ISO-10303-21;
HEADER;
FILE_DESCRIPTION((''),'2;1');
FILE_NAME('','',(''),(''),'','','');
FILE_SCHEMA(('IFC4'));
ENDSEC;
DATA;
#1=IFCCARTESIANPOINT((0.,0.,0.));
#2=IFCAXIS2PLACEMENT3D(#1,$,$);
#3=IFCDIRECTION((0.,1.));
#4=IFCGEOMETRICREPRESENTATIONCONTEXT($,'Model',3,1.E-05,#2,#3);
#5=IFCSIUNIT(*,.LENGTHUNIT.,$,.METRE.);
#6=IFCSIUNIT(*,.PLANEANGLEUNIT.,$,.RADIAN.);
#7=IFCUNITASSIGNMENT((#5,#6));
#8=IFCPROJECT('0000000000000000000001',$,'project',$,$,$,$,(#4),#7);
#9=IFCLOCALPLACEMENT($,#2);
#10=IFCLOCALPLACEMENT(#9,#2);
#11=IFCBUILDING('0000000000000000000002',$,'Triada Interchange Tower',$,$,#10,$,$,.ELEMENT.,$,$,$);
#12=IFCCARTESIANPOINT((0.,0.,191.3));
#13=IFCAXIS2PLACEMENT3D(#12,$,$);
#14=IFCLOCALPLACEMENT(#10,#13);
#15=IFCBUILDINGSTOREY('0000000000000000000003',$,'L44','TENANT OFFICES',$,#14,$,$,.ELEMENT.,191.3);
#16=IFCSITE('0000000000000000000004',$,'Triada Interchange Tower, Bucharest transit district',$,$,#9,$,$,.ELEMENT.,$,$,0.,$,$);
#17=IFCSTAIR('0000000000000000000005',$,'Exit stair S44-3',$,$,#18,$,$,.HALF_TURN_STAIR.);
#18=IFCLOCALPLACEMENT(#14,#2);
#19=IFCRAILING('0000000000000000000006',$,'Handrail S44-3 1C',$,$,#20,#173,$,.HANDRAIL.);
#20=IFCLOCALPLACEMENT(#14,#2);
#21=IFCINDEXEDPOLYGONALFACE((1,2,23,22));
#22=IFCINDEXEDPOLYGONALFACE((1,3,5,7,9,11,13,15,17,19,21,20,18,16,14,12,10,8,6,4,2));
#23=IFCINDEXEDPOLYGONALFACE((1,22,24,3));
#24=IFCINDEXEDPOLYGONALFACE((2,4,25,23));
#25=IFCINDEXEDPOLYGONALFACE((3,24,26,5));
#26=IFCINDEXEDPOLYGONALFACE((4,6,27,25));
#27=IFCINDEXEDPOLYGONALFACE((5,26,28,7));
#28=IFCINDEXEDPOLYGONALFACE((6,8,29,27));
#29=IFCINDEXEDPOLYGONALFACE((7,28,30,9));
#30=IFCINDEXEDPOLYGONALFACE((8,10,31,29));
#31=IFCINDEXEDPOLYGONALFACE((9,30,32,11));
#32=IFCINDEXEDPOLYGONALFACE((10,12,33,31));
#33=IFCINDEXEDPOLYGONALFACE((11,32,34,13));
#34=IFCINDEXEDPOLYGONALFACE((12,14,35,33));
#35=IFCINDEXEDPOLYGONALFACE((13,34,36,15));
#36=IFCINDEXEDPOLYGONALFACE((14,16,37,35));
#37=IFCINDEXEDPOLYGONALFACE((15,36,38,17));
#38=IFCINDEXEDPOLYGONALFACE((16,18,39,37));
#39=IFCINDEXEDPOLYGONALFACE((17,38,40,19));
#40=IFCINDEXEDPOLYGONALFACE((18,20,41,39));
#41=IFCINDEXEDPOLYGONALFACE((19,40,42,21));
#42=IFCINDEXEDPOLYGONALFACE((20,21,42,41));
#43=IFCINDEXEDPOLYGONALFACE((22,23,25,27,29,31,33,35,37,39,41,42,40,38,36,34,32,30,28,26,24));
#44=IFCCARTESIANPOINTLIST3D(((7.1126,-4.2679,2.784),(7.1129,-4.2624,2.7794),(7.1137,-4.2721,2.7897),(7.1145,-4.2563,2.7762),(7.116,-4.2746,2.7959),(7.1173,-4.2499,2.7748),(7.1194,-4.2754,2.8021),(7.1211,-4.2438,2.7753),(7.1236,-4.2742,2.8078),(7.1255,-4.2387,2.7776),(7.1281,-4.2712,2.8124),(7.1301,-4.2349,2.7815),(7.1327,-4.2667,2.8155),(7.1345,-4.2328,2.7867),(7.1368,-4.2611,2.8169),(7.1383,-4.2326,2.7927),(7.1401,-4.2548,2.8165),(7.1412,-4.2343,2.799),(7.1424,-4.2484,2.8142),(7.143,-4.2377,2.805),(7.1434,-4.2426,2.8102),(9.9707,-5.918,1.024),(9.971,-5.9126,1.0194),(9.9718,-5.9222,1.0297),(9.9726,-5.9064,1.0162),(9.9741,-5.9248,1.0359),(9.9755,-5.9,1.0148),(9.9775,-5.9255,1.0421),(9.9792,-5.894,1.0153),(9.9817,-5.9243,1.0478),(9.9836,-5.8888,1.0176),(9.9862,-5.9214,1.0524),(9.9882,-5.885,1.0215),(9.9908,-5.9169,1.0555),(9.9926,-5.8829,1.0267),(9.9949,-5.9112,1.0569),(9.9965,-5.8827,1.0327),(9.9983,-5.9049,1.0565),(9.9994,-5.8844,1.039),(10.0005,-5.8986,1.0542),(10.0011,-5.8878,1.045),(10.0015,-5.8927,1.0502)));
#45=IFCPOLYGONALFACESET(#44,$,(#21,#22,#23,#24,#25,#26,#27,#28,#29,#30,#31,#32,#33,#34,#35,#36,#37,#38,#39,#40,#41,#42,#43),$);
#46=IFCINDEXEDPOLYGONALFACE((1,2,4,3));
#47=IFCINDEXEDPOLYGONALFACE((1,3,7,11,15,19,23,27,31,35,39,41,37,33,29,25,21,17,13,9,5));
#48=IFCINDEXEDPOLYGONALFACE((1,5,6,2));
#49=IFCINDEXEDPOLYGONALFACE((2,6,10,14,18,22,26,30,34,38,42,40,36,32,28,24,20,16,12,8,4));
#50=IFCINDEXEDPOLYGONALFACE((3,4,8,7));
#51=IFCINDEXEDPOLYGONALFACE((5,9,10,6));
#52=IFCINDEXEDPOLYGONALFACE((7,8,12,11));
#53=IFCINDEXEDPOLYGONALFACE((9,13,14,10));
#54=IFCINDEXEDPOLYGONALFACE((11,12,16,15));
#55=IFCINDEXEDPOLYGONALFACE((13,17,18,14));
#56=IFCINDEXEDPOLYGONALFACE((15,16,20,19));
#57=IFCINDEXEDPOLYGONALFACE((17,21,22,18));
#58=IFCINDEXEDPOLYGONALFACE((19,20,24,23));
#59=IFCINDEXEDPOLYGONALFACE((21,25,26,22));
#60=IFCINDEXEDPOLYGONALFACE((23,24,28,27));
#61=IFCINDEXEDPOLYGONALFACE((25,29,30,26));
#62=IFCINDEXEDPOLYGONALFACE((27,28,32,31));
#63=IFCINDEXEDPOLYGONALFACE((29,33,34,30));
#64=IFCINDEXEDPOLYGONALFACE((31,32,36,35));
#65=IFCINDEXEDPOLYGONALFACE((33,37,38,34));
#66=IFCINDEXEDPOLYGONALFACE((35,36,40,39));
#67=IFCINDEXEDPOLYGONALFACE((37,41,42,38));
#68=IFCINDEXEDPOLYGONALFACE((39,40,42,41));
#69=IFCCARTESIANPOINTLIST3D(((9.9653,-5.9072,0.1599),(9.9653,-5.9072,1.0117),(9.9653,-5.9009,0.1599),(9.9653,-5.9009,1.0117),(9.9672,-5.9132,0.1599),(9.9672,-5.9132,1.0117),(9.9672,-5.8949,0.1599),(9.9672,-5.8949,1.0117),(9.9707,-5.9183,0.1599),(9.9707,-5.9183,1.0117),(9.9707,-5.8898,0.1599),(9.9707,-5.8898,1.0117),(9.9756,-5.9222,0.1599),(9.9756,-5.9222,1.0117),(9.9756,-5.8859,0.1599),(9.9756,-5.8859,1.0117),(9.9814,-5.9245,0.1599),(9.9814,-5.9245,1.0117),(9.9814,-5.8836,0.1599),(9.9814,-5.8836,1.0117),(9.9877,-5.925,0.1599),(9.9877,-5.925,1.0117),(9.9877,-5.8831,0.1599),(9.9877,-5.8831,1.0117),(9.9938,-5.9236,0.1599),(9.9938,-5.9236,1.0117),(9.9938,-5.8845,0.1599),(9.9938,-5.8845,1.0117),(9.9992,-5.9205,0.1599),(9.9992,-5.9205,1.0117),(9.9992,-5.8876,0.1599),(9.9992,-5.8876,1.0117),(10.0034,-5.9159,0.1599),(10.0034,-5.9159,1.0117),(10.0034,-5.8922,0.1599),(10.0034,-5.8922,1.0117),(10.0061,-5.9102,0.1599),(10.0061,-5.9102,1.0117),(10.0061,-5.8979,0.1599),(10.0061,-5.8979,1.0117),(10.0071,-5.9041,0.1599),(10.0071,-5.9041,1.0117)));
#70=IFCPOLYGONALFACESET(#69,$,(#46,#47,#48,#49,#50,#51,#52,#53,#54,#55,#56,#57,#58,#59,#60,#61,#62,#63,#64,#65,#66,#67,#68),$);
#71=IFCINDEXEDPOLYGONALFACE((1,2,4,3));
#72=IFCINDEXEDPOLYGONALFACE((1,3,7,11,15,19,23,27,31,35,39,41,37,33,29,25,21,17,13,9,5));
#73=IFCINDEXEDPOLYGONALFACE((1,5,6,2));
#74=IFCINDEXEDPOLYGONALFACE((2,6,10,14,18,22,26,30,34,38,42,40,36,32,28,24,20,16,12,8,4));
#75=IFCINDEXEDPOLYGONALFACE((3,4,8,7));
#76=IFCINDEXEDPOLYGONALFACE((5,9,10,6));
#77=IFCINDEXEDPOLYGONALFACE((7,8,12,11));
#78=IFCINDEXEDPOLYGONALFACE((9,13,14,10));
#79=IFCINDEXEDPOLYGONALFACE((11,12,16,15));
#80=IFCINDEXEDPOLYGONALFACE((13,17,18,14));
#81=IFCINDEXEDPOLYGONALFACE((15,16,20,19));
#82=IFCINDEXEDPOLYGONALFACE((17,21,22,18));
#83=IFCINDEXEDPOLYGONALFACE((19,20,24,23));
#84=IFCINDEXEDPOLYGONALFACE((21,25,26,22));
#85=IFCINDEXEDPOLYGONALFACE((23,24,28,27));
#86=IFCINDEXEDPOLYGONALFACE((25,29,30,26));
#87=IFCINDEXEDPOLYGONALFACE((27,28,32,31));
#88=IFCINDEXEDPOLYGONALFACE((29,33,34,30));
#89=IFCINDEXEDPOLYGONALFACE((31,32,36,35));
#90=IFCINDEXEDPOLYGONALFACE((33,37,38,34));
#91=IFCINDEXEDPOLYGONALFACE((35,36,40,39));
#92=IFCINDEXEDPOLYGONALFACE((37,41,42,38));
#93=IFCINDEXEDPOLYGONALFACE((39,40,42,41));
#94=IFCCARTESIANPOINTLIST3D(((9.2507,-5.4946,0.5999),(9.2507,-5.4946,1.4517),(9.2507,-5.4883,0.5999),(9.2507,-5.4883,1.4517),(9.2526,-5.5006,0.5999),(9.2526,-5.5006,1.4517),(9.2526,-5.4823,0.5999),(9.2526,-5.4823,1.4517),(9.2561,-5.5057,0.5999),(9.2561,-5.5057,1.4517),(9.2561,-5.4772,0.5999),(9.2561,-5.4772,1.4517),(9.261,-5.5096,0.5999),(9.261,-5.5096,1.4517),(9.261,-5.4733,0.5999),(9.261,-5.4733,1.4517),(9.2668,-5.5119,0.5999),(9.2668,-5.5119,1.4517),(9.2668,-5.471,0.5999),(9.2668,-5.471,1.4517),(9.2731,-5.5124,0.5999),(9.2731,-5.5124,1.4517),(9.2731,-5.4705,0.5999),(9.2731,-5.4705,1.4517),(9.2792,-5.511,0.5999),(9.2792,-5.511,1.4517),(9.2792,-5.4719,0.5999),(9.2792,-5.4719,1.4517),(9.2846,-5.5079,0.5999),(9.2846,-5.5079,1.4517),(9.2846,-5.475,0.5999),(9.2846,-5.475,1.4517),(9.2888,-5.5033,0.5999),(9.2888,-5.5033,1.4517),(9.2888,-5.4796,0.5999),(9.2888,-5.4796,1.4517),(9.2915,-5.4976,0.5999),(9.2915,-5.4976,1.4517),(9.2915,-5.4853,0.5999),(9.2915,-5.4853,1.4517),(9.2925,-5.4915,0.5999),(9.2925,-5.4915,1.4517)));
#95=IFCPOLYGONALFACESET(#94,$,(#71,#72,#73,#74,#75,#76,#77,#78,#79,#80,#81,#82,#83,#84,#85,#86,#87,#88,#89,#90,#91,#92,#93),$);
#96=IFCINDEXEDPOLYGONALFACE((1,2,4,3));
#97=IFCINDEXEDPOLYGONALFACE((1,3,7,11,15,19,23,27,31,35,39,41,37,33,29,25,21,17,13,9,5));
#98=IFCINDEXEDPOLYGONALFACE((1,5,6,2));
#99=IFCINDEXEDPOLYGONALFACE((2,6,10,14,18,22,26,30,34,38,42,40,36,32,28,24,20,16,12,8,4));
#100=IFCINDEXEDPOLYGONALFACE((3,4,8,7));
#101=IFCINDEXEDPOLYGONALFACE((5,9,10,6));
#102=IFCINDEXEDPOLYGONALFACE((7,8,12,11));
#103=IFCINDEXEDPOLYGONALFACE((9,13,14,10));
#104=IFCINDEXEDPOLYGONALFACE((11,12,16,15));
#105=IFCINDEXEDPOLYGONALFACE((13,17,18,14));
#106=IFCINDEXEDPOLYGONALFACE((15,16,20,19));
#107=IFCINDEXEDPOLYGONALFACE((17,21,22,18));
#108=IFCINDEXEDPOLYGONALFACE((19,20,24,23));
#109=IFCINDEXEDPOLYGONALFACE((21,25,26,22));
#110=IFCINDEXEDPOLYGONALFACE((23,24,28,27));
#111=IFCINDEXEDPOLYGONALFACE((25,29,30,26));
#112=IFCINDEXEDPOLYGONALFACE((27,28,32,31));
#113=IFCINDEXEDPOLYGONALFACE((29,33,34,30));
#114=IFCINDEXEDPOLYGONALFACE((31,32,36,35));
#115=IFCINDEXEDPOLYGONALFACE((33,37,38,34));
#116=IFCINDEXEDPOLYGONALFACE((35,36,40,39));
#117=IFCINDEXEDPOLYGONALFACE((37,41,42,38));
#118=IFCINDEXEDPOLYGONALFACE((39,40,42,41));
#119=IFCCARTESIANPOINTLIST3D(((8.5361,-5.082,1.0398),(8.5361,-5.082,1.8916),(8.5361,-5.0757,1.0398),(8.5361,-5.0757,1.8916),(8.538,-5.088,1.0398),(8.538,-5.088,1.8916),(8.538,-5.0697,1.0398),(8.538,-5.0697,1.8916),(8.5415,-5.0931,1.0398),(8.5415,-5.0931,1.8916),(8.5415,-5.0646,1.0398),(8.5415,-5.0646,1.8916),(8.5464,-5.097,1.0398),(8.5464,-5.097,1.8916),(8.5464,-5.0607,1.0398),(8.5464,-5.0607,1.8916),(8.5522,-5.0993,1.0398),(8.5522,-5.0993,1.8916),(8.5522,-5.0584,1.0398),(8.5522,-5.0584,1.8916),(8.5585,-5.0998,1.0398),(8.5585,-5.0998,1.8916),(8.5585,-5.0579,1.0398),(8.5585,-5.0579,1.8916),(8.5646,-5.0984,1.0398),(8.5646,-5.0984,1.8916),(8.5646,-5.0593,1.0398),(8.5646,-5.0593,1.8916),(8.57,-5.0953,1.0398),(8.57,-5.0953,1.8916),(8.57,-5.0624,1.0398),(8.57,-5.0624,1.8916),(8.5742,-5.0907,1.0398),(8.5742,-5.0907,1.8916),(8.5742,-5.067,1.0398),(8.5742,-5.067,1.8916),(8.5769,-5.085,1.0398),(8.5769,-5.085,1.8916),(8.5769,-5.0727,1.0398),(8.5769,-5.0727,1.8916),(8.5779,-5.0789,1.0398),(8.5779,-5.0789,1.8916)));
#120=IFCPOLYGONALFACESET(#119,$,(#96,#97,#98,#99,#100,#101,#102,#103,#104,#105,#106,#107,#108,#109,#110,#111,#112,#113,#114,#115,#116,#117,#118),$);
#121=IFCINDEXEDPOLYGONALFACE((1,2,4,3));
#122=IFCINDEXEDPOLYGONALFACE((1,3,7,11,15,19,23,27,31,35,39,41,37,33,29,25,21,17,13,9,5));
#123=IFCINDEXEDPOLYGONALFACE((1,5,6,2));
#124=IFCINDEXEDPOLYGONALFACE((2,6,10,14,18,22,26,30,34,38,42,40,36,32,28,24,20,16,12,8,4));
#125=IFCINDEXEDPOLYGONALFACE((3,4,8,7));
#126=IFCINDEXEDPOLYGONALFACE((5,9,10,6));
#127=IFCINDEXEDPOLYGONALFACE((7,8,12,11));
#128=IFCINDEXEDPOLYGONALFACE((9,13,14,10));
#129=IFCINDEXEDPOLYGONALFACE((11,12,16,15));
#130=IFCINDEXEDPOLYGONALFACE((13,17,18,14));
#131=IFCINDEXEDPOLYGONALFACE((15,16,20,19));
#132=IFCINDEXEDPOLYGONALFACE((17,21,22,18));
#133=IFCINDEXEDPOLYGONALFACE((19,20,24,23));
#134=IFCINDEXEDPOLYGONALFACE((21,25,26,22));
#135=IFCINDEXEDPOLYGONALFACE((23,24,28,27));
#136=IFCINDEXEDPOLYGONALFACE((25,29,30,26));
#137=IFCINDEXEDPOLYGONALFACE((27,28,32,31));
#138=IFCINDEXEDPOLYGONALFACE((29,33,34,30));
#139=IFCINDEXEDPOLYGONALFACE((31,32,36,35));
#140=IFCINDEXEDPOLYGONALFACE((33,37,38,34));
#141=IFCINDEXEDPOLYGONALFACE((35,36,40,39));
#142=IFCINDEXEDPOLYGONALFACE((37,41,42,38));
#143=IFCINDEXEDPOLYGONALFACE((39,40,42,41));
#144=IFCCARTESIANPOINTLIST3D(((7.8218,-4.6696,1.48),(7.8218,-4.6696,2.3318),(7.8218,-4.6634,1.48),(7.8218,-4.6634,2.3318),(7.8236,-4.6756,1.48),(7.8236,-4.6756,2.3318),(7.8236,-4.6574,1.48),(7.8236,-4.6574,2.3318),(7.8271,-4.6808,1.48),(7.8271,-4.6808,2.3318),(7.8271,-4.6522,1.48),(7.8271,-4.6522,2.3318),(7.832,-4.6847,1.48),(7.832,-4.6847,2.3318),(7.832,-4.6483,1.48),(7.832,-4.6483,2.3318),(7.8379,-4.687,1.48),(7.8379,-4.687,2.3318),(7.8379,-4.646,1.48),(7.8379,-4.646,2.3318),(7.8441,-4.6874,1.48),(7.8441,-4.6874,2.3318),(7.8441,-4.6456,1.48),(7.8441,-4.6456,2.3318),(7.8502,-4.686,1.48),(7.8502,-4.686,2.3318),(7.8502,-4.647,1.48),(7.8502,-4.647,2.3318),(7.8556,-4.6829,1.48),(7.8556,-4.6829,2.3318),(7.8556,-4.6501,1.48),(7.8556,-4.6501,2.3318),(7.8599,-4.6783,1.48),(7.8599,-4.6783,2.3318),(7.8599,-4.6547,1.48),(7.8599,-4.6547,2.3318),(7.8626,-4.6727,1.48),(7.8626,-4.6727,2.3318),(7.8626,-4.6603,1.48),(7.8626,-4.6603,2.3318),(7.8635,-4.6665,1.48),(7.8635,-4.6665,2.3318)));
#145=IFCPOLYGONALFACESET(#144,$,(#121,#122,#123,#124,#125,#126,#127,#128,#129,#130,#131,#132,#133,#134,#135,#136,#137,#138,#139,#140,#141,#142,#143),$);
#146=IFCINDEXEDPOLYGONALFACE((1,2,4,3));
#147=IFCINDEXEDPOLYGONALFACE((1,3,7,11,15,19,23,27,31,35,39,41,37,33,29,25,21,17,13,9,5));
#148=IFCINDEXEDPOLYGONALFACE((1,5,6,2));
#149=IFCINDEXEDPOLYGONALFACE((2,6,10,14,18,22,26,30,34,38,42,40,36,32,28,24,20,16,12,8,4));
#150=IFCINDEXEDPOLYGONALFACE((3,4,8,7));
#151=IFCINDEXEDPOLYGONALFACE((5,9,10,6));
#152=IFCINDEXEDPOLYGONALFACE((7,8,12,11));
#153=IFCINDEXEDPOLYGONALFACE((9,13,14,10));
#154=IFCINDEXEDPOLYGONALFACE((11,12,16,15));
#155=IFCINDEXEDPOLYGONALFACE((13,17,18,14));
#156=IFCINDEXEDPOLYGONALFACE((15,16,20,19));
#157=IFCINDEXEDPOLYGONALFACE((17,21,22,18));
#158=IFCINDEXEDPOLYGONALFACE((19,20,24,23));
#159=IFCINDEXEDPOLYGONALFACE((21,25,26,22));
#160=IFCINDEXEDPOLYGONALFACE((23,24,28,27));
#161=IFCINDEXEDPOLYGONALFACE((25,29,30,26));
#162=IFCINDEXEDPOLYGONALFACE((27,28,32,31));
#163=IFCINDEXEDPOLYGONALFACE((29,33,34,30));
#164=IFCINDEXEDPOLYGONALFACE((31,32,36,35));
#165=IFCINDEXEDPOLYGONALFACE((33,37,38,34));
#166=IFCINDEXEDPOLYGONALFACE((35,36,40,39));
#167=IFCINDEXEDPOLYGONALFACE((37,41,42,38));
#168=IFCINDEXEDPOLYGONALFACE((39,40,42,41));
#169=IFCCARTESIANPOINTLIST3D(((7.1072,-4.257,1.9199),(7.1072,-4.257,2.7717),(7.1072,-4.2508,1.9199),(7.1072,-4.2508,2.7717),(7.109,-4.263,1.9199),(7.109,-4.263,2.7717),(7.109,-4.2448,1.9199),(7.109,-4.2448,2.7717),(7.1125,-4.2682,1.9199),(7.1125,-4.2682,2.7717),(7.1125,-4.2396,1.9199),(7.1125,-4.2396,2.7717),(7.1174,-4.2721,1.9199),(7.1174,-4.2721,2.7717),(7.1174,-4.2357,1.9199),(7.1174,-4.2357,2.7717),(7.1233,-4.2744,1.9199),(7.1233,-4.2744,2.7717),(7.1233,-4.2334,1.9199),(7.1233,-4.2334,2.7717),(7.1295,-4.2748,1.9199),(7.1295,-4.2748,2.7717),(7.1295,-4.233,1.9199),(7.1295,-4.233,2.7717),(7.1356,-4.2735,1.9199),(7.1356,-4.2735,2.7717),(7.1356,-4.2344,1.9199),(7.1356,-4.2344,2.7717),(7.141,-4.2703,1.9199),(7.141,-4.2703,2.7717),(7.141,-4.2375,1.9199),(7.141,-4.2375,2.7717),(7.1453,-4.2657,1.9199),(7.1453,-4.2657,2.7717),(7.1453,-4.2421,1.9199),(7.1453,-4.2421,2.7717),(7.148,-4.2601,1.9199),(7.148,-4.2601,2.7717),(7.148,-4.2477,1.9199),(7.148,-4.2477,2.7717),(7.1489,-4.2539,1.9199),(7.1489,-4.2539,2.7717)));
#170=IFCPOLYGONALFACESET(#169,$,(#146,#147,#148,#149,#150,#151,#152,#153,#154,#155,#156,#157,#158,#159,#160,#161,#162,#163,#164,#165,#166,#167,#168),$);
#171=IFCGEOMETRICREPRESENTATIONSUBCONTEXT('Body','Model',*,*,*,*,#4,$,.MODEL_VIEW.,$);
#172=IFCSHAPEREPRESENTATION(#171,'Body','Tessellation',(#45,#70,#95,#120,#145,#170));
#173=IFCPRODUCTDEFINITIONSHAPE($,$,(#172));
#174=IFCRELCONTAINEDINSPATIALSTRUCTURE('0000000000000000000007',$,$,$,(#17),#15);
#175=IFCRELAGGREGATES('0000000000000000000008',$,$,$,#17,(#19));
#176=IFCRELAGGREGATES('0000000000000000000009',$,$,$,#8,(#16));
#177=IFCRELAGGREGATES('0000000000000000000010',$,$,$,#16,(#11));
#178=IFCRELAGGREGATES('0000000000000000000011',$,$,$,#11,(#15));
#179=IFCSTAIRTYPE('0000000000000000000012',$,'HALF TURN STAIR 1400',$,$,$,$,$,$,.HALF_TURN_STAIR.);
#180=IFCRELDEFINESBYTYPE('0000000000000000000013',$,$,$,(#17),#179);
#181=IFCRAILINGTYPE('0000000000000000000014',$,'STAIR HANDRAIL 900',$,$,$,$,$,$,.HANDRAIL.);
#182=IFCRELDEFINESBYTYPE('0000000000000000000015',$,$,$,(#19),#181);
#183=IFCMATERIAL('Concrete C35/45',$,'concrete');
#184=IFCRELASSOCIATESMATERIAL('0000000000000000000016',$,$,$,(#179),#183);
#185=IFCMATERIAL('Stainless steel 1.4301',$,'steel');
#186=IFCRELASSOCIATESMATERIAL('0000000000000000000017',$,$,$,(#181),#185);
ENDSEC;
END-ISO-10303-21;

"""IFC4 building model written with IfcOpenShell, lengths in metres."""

from ifc_helpers import new_model, si_unit, direction, frame, origin, origin_2d, place, context, subcontext, project, spatial, circle, extrude, material, type_object, element, aggregate, save


model = new_model("IFC4")

# Units and contexts
model_context = context("Model", 3, precision=1e-05, world=origin(), true_north=direction((0.0, 1.0)))
body_context = subcontext(model_context, "Body", "Model", "MODEL_VIEW")
ifc_project = project(units=[si_unit("LENGTHUNIT", "METRE"), si_unit("PLANEANGLEUNIT", "RADIAN")], contexts=[model_context])

# Site, building, storey
site_placement = place(None, origin())
site = spatial("IfcSite", under=ifc_project, at=site_placement, Name="Triada Interchange Tower, Bucharest transit district", CompositionType="ELEMENT", RefElevation=0.0)
building_placement = place(site_placement, origin())
building = spatial("IfcBuilding", under=site, at=building_placement, Name="Triada Interchange Tower", CompositionType="ELEMENT")
storey_placement = place(building_placement, frame((0.0, 0.0, 191.3)))
storey = spatial("IfcBuildingStorey", under=building, at=storey_placement, Name="L44", Description="TENANT OFFICES", CompositionType="ELEMENT", Elevation=191.3)

# Stair, railing
ifc_material_1 = material(Name="Concrete C35/45", Category="concrete")
stair_type = type_object("IfcStairType", Name="HALF TURN STAIR 1400", PredefinedType="HALF_TURN_STAIR", material=ifc_material_1)
stair_placement = place(storey_placement, origin())
stair = element("IfcStair", 1, at=stair_placement, inside=storey, type_object=stair_type, Name="Exit stair S44-3", PredefinedType="HALF_TURN_STAIR")
ifc_material_2 = material(Name="Stainless steel 1.4301", Category="steel")
railing_type = type_object("IfcRailingType", Name="STAIR HANDRAIL 900", PredefinedType="HANDRAIL", material=ifc_material_2)
railing_1_placement = place(storey_placement, frame((9.9861, -5.9041, 0.1599)))
railing_1 = element("IfcRailing", 2, at=railing_1_placement, type_object=railing_type, Name="Handrail S44-3 1C", PredefinedType="HANDRAIL", context=body_context, shape_type="SweptSolid", body=[
    extrude(circle(Radius=0.0239, at=origin_2d()), frame((0.0, 0.0, 0.876), z_axis=(-0.764156, 0.441183, 0.470556), x_axis=(-0.499998, -0.866027, 0.0)), (0.0, 0.0, 1.0), 3.7402),
    extrude(circle(Radius=0.021, at=origin_2d()), origin(), (0.0, 0.0, 1.0), 0.8518),
    extrude(circle(Radius=0.021, at=origin_2d()), frame((-0.7146, 0.4126, 0.4399)), (0.0, 0.0, 1.0), 0.8518),
    extrude(circle(Radius=0.021, at=origin_2d()), frame((-1.4292, 0.8252, 0.8799)), (0.0, 0.0, 1.0), 0.8518),
    extrude(circle(Radius=0.021, at=origin_2d()), frame((-2.1436, 1.2375, 1.3201)), (0.0, 0.0, 1.0), 0.8518),
    extrude(circle(Radius=0.021, at=origin_2d()), frame((-2.8582, 1.6501, 1.76)), (0.0, 0.0, 1.0), 0.8518),
])
aggregate(stair, [railing_1])

save(model, "model.ifc")
